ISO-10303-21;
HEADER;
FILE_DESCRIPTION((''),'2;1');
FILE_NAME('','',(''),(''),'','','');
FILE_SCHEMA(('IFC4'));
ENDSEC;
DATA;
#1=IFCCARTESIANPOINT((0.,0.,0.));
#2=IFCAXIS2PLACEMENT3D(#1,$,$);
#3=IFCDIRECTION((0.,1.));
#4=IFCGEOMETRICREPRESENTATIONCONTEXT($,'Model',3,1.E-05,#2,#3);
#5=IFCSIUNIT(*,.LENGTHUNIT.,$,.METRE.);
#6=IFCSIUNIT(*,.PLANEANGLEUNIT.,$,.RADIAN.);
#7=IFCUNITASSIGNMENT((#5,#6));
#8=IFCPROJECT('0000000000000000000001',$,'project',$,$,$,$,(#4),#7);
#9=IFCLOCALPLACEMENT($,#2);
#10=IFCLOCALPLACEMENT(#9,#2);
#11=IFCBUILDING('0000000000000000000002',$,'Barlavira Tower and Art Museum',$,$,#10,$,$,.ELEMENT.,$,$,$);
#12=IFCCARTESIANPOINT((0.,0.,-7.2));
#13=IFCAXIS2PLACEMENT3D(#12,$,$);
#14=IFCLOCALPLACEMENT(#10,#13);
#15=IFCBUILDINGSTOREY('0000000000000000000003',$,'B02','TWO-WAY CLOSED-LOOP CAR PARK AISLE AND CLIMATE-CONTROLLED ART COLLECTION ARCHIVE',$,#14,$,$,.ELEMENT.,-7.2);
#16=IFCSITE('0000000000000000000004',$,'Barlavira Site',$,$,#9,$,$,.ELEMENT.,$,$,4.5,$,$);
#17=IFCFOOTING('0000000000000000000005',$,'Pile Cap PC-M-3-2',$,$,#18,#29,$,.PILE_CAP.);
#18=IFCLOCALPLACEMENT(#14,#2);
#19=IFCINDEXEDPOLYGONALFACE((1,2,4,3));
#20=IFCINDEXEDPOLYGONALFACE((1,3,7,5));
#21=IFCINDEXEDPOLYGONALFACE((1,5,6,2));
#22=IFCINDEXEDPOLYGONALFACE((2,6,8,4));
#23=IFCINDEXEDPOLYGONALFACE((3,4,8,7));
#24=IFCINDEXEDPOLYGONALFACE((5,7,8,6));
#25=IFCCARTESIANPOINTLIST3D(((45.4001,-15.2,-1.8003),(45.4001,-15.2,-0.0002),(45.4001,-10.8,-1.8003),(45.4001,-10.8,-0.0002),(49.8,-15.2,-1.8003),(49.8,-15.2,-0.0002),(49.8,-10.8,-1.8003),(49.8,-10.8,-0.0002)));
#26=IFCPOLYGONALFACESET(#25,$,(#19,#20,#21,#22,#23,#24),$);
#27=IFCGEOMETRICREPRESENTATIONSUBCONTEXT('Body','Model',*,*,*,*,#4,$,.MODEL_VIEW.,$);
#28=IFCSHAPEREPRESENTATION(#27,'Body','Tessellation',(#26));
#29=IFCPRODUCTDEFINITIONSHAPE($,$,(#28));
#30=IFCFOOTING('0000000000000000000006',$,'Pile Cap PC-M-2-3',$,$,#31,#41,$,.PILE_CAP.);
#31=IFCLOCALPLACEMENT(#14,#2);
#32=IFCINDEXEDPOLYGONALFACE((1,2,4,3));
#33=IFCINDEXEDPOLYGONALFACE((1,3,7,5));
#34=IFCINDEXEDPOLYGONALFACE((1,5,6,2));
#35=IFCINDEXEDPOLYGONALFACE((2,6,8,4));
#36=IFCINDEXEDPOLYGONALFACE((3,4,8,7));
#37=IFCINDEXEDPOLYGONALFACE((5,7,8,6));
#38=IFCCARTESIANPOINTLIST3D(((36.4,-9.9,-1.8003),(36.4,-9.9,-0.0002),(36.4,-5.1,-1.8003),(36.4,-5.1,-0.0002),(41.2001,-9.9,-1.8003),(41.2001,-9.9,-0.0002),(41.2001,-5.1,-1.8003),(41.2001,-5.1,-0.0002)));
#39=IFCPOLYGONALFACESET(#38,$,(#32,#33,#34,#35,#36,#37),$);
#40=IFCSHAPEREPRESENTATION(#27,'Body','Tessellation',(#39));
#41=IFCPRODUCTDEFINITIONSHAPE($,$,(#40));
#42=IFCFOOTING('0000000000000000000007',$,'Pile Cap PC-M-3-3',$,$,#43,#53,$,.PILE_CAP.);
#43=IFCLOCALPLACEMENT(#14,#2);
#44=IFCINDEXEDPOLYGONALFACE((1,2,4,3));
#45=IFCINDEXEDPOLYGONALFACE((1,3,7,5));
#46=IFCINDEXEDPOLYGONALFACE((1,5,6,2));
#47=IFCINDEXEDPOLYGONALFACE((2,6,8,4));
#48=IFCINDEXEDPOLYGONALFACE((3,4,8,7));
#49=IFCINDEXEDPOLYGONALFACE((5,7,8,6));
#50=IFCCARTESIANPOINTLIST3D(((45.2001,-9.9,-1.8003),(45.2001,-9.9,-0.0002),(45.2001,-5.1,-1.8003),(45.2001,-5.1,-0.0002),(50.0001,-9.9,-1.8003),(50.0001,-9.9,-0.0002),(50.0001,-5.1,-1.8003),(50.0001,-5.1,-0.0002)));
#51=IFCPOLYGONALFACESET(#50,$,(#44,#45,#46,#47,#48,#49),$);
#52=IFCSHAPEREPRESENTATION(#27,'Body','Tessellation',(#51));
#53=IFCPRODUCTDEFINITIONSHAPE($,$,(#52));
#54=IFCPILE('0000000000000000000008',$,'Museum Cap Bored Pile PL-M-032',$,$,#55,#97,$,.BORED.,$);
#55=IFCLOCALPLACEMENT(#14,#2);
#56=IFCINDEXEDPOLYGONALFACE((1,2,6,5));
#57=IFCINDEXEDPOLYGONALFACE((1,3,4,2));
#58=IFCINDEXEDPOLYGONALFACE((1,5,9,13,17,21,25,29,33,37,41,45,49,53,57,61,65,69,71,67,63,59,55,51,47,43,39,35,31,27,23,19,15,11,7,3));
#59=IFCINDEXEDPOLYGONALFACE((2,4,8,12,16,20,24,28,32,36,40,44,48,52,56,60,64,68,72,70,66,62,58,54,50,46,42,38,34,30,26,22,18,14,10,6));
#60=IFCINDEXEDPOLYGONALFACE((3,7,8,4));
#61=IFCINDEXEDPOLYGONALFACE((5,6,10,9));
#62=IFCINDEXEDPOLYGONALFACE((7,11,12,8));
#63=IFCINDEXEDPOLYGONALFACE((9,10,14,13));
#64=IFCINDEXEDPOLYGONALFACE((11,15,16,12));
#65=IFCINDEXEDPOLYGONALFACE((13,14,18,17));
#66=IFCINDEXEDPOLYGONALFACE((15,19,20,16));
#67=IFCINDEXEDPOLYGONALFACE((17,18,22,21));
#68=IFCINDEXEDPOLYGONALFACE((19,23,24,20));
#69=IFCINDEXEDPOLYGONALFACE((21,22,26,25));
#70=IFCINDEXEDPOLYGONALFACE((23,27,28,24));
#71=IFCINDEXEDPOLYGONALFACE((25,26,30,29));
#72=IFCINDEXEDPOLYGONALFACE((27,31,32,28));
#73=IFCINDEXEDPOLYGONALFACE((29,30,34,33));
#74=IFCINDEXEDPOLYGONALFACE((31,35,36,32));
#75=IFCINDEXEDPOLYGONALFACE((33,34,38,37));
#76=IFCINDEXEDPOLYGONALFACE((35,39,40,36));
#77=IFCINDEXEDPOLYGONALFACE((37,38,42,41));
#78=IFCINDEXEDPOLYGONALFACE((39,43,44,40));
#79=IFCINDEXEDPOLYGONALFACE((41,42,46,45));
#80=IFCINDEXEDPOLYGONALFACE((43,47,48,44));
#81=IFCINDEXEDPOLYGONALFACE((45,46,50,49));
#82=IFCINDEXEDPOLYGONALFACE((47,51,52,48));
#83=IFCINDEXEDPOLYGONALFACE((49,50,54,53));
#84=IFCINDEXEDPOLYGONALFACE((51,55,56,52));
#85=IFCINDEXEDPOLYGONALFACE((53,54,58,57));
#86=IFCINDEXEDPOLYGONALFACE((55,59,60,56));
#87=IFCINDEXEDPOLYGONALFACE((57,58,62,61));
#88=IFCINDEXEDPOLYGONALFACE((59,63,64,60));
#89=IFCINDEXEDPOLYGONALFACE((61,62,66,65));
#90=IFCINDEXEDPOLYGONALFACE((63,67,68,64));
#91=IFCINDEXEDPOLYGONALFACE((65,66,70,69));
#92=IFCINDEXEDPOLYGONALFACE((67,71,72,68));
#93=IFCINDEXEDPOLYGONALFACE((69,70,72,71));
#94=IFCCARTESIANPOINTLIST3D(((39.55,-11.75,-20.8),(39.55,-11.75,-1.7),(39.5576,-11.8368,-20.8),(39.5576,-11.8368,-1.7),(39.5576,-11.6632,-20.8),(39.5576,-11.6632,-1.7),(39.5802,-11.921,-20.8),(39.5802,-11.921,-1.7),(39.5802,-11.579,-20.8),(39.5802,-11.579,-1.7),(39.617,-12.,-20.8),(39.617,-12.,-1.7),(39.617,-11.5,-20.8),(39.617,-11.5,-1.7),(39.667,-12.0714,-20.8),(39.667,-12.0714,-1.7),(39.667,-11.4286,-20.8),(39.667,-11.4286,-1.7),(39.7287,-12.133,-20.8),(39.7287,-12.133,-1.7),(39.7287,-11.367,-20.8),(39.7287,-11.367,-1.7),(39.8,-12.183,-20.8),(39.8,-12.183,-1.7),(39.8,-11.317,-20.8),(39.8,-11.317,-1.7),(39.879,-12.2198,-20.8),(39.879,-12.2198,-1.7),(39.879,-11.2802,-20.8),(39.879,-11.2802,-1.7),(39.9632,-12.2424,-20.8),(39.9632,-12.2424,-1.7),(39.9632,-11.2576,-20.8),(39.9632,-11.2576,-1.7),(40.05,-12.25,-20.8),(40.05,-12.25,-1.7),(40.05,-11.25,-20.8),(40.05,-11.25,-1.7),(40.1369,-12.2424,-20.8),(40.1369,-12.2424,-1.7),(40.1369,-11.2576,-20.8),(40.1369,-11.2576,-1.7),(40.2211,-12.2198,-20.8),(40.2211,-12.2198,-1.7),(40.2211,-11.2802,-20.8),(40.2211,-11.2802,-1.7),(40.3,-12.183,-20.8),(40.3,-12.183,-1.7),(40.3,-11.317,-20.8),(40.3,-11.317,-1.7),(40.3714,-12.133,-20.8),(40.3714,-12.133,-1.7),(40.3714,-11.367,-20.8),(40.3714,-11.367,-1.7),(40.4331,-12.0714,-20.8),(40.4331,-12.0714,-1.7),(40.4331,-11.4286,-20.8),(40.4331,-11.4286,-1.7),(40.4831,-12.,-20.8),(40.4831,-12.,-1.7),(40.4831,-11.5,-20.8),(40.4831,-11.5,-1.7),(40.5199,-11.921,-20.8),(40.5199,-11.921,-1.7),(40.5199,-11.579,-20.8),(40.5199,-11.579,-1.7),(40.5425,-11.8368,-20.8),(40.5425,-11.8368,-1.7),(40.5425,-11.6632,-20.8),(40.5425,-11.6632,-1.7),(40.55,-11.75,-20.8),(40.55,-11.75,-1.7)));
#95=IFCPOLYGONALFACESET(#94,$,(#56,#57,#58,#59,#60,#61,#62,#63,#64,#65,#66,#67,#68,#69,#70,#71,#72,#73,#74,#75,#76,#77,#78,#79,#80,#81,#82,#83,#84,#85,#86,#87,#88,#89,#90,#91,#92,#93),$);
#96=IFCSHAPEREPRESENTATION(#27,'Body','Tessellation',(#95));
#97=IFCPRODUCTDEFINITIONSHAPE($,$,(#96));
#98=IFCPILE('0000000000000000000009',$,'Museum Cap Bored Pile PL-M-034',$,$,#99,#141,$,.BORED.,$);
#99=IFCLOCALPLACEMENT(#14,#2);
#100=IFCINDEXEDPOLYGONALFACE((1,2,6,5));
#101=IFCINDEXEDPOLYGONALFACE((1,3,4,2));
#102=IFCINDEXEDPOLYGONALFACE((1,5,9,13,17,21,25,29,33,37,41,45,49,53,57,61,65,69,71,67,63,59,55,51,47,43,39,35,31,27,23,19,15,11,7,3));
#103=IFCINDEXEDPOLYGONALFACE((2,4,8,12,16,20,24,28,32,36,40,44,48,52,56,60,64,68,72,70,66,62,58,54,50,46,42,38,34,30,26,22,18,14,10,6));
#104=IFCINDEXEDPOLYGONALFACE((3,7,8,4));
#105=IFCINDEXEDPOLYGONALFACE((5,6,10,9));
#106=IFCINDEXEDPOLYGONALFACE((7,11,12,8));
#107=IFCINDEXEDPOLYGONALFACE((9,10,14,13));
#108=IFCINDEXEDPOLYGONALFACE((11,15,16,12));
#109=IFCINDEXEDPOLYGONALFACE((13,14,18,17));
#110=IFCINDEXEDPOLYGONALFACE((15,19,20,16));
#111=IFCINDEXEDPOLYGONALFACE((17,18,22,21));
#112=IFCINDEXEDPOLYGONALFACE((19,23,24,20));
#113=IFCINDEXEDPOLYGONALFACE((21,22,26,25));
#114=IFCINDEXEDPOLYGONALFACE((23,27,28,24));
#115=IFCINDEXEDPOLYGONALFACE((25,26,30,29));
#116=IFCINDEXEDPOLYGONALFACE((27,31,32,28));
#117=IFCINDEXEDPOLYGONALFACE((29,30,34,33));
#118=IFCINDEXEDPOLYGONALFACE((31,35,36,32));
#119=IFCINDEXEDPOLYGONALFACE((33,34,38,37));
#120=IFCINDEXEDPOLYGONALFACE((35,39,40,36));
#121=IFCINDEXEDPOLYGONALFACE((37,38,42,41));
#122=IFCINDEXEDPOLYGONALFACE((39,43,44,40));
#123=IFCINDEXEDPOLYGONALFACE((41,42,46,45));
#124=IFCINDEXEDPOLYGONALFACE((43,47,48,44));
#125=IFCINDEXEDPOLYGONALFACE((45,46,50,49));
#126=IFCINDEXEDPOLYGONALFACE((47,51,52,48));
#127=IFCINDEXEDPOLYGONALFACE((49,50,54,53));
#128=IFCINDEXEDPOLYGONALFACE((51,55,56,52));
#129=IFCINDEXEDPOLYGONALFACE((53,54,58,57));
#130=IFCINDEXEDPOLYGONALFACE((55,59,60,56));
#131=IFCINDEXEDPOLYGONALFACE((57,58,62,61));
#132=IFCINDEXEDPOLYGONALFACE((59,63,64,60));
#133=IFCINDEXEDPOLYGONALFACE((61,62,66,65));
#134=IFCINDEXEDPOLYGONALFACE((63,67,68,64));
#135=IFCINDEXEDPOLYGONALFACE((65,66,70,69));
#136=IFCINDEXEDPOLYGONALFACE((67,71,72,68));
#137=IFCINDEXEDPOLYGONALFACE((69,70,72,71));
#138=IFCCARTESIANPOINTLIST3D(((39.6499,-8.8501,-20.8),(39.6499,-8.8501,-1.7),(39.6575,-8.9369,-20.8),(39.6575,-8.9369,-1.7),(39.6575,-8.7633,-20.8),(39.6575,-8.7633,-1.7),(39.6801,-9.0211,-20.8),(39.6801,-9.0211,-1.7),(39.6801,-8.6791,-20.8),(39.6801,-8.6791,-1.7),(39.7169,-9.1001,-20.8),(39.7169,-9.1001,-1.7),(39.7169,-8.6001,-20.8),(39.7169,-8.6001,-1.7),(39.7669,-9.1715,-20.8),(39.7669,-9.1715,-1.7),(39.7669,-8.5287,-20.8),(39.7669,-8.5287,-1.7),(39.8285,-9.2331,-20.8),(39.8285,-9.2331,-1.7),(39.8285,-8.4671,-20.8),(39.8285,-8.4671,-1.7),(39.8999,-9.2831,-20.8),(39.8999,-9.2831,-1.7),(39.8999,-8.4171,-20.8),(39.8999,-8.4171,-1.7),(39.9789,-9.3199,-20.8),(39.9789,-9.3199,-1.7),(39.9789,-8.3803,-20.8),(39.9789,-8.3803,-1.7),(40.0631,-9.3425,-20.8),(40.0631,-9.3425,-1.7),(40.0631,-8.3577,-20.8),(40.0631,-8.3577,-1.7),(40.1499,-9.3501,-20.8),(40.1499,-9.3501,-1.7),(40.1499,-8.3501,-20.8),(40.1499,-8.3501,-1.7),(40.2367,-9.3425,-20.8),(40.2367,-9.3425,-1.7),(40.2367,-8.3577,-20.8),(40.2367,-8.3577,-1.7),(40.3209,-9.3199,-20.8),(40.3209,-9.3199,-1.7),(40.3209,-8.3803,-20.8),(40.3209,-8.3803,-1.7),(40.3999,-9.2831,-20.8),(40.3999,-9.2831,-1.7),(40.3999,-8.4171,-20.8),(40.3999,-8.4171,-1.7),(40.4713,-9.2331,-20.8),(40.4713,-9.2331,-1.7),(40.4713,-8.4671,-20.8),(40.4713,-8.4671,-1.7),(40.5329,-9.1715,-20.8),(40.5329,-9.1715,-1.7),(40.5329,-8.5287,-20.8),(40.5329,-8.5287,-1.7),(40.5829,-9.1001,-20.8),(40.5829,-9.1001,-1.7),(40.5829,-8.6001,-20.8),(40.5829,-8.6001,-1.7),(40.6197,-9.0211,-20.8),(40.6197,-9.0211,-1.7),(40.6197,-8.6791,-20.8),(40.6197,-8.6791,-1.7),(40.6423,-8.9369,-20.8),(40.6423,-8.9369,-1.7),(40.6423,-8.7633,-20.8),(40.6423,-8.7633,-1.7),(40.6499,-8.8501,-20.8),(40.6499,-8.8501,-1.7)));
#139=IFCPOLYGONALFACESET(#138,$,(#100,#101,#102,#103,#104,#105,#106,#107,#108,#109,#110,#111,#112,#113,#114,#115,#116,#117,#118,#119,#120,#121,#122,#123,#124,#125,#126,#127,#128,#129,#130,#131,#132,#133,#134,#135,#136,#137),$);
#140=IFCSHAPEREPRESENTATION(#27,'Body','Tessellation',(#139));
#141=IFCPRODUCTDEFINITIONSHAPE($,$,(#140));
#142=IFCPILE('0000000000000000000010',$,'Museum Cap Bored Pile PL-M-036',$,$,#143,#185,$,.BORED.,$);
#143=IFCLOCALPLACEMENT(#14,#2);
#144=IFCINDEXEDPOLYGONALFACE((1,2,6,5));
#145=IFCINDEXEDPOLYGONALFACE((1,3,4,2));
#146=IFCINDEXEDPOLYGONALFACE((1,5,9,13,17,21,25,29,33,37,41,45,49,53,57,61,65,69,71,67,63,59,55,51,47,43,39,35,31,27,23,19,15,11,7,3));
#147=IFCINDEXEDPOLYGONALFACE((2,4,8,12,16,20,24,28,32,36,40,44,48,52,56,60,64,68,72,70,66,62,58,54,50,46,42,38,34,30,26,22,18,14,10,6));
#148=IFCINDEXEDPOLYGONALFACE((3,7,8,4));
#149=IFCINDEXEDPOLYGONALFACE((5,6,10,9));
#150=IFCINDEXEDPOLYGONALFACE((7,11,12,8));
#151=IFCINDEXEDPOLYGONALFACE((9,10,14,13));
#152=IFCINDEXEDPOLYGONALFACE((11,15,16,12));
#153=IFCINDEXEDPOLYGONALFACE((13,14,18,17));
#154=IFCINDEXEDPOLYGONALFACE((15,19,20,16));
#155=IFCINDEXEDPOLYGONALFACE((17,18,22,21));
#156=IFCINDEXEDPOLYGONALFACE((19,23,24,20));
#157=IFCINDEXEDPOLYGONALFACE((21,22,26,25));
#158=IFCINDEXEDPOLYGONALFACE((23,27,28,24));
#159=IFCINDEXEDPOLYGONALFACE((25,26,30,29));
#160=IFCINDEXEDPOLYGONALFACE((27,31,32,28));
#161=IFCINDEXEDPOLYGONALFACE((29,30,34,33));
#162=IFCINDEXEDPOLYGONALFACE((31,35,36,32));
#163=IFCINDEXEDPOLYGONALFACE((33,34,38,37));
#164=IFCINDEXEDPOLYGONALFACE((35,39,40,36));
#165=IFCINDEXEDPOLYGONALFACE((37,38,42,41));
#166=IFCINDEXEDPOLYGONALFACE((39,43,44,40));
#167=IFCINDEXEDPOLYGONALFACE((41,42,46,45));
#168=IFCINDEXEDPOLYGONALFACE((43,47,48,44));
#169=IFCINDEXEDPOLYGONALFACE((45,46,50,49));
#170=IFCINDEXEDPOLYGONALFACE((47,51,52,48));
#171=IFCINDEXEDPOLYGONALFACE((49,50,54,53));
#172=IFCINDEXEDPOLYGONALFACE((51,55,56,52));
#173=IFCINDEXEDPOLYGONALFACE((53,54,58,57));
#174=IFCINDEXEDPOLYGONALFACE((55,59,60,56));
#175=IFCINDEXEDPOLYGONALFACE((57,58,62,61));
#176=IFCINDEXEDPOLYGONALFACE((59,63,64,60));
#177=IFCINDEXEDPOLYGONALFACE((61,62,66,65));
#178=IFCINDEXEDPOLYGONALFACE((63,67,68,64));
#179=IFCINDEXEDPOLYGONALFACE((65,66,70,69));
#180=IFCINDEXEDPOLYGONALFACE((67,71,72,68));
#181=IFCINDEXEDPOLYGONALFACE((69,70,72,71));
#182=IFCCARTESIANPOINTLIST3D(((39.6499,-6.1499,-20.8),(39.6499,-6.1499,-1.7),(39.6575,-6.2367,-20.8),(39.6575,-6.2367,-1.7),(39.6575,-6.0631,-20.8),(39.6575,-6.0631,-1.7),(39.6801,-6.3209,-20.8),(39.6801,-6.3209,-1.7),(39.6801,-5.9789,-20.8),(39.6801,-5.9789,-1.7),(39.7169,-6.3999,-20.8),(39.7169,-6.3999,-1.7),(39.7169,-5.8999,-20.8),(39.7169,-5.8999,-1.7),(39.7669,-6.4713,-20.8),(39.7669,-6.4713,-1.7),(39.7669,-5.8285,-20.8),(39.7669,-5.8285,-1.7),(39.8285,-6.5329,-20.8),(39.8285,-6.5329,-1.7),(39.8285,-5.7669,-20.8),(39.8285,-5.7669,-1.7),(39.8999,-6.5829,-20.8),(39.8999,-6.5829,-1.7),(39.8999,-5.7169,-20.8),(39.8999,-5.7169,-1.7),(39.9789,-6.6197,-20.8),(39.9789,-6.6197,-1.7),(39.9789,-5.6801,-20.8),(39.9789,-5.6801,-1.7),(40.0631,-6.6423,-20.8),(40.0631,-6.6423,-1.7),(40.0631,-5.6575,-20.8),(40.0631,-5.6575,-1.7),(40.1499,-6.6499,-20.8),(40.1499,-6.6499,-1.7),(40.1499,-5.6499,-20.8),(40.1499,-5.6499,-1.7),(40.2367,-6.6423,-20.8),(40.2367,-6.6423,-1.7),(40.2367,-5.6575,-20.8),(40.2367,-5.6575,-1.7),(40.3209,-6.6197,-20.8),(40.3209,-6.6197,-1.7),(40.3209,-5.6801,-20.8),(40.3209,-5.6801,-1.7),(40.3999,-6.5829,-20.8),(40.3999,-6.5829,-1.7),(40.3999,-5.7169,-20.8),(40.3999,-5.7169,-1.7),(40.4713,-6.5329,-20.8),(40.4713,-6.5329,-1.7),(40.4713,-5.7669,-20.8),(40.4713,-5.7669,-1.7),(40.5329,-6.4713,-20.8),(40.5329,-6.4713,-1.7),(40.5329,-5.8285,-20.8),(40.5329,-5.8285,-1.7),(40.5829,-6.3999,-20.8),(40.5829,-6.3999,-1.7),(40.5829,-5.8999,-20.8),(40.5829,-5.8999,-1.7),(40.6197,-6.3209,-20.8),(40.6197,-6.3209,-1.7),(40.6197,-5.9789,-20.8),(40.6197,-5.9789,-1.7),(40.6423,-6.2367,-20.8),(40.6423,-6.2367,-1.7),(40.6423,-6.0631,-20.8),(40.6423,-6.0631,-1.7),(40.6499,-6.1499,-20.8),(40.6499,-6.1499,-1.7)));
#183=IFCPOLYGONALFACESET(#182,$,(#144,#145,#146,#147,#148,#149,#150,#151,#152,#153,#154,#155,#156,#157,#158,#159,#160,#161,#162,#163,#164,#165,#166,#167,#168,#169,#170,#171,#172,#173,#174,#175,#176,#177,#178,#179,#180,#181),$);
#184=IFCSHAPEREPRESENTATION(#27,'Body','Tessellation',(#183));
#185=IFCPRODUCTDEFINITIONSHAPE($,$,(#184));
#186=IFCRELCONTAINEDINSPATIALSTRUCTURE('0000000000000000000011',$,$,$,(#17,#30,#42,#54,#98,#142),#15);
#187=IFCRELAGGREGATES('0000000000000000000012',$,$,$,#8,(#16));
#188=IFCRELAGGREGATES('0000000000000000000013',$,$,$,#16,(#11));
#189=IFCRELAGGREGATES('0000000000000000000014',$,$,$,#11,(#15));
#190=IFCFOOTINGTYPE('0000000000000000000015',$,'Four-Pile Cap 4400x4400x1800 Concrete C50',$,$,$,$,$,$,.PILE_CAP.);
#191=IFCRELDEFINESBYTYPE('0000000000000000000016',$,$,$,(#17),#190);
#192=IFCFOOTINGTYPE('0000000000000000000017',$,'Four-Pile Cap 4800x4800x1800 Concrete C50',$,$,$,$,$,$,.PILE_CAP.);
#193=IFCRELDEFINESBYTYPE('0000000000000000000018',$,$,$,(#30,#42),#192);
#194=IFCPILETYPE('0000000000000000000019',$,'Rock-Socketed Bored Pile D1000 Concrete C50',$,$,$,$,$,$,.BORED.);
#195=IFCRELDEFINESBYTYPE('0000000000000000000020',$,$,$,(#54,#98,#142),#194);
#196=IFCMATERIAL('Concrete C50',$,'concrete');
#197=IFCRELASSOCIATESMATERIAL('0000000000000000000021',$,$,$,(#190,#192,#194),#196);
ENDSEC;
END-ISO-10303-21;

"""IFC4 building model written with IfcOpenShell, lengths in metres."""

from ifc_helpers import new_model, si_unit, direction, frame, origin, origin_2d, place, context, subcontext, project, spatial, rectangle, circle, extrude, material, material_profile, profile_set, type_object, element, save


model = new_model("IFC4")

# Units and contexts
model_context = context("Model", 3, precision=1e-05, world=origin(), true_north=direction((0.0, 1.0)))
body_context = subcontext(model_context, "Body", "Model", "MODEL_VIEW")
ifc_project = project(units=[si_unit("LENGTHUNIT", "METRE"), si_unit("PLANEANGLEUNIT", "RADIAN")], contexts=[model_context])

# Site, building, storey
site_placement = place(None, origin())
site = spatial("IfcSite", under=ifc_project, at=site_placement, Name="Barlavira Site", CompositionType="ELEMENT", RefElevation=4.5)
building_placement = place(site_placement, origin())
building = spatial("IfcBuilding", under=site, at=building_placement, Name="Barlavira Tower and Art Museum", CompositionType="ELEMENT")
storey_placement = place(building_placement, frame((0.0, 0.0, -7.2)))
storey = spatial("IfcBuildingStorey", under=building, at=storey_placement, Name="B02", Description="TWO-WAY CLOSED-LOOP CAR PARK AISLE AND CLIMATE-CONTROLLED ART COLLECTION ARCHIVE", CompositionType="ELEMENT", Elevation=-7.2)

# Footings
ifc_material_1 = material(Name="Concrete C50", Category="concrete")
footing_type_1 = type_object("IfcFootingType", Name="Four-Pile Cap 4400x4400x1800 Concrete C50", PredefinedType="PILE_CAP", material=ifc_material_1)
footing_1_placement = place(storey_placement, frame((47.6001, -13.0, -1.8003), z_axis=(0.0, 0.0, 1.0), x_axis=(1.0, 0.0, 0.0)))
element("IfcFooting", 1, at=footing_1_placement, inside=storey, type_object=footing_type_1, Name="Pile Cap PC-M-3-2", PredefinedType="PILE_CAP", context=body_context, shape_type="SweptSolid", body=[
    extrude(rectangle(XDim=4.3999, YDim=4.3999, at=origin_2d()), origin(), (0.0, 0.0, 1.0), 1.8),
])
footing_type_2 = type_object("IfcFootingType", Name="Four-Pile Cap 4800x4800x1800 Concrete C50", PredefinedType="PILE_CAP", material=ifc_material_1)
for number, where, z_axis, x_axis, name in (
    (2, (38.8, -7.5, -1.8003), (0.0, 0.0, 1.0), (1.0, 0.0, 0.0), "Pile Cap PC-M-2-3"),
    (3, (47.6001, -7.5, -1.8003), (0.0, 0.0, 1.0), (1.0, 0.0, 0.0), "Pile Cap PC-M-3-3"),
):
    element("IfcFooting", number, at=place(storey_placement, frame(where, z_axis=z_axis, x_axis=x_axis)), inside=storey, type_object=footing_type_2, Name=name, PredefinedType="PILE_CAP", context=body_context, shape_type="SweptSolid", body=[
        extrude(rectangle(XDim=4.8, YDim=4.8, at=origin_2d()), origin(), (0.0, 0.0, 1.0), 1.8),
    ])

# Piles
ifc_material_profile_1 = material_profile(ifc_material_1, circle(Radius=0.5, at=origin_2d()), Name="BORED PILE D1000")
ifc_profile_set_1 = profile_set([ifc_material_profile_1], Name="Concrete C50")
pile_type = type_object("IfcPileType", Name="Rock-Socketed Bored Pile D1000 Concrete C50", PredefinedType="BORED", material=ifc_profile_set_1)
for number, where, z_axis, x_axis, name in (
    (4, (40.05, -11.75, -1.7), (0.0, 0.0, -1.0), (1.0, 0.0, 0.0), "Museum Cap Bored Pile PL-M-032"),
    (5, (40.1499, -8.8501, -1.7), (0.0, 0.0, -1.0), (1.0, 0.0, 0.0), "Museum Cap Bored Pile PL-M-034"),
    (6, (40.1499, -6.1499, -1.7), (0.0, 0.0, -1.0), (1.0, 0.0, 0.0), "Museum Cap Bored Pile PL-M-036"),
):
    element("IfcPile", number, at=place(storey_placement, frame(where, z_axis=z_axis, x_axis=x_axis)), inside=storey, type_object=pile_type, Name=name, PredefinedType="BORED", context=body_context, shape_type="SweptSolid", body=[
        extrude(circle(Radius=0.5, at=origin_2d()), origin(), (0.0, 0.0, 1.0), 19.1001),
    ])

save(model, "model.ifc")
